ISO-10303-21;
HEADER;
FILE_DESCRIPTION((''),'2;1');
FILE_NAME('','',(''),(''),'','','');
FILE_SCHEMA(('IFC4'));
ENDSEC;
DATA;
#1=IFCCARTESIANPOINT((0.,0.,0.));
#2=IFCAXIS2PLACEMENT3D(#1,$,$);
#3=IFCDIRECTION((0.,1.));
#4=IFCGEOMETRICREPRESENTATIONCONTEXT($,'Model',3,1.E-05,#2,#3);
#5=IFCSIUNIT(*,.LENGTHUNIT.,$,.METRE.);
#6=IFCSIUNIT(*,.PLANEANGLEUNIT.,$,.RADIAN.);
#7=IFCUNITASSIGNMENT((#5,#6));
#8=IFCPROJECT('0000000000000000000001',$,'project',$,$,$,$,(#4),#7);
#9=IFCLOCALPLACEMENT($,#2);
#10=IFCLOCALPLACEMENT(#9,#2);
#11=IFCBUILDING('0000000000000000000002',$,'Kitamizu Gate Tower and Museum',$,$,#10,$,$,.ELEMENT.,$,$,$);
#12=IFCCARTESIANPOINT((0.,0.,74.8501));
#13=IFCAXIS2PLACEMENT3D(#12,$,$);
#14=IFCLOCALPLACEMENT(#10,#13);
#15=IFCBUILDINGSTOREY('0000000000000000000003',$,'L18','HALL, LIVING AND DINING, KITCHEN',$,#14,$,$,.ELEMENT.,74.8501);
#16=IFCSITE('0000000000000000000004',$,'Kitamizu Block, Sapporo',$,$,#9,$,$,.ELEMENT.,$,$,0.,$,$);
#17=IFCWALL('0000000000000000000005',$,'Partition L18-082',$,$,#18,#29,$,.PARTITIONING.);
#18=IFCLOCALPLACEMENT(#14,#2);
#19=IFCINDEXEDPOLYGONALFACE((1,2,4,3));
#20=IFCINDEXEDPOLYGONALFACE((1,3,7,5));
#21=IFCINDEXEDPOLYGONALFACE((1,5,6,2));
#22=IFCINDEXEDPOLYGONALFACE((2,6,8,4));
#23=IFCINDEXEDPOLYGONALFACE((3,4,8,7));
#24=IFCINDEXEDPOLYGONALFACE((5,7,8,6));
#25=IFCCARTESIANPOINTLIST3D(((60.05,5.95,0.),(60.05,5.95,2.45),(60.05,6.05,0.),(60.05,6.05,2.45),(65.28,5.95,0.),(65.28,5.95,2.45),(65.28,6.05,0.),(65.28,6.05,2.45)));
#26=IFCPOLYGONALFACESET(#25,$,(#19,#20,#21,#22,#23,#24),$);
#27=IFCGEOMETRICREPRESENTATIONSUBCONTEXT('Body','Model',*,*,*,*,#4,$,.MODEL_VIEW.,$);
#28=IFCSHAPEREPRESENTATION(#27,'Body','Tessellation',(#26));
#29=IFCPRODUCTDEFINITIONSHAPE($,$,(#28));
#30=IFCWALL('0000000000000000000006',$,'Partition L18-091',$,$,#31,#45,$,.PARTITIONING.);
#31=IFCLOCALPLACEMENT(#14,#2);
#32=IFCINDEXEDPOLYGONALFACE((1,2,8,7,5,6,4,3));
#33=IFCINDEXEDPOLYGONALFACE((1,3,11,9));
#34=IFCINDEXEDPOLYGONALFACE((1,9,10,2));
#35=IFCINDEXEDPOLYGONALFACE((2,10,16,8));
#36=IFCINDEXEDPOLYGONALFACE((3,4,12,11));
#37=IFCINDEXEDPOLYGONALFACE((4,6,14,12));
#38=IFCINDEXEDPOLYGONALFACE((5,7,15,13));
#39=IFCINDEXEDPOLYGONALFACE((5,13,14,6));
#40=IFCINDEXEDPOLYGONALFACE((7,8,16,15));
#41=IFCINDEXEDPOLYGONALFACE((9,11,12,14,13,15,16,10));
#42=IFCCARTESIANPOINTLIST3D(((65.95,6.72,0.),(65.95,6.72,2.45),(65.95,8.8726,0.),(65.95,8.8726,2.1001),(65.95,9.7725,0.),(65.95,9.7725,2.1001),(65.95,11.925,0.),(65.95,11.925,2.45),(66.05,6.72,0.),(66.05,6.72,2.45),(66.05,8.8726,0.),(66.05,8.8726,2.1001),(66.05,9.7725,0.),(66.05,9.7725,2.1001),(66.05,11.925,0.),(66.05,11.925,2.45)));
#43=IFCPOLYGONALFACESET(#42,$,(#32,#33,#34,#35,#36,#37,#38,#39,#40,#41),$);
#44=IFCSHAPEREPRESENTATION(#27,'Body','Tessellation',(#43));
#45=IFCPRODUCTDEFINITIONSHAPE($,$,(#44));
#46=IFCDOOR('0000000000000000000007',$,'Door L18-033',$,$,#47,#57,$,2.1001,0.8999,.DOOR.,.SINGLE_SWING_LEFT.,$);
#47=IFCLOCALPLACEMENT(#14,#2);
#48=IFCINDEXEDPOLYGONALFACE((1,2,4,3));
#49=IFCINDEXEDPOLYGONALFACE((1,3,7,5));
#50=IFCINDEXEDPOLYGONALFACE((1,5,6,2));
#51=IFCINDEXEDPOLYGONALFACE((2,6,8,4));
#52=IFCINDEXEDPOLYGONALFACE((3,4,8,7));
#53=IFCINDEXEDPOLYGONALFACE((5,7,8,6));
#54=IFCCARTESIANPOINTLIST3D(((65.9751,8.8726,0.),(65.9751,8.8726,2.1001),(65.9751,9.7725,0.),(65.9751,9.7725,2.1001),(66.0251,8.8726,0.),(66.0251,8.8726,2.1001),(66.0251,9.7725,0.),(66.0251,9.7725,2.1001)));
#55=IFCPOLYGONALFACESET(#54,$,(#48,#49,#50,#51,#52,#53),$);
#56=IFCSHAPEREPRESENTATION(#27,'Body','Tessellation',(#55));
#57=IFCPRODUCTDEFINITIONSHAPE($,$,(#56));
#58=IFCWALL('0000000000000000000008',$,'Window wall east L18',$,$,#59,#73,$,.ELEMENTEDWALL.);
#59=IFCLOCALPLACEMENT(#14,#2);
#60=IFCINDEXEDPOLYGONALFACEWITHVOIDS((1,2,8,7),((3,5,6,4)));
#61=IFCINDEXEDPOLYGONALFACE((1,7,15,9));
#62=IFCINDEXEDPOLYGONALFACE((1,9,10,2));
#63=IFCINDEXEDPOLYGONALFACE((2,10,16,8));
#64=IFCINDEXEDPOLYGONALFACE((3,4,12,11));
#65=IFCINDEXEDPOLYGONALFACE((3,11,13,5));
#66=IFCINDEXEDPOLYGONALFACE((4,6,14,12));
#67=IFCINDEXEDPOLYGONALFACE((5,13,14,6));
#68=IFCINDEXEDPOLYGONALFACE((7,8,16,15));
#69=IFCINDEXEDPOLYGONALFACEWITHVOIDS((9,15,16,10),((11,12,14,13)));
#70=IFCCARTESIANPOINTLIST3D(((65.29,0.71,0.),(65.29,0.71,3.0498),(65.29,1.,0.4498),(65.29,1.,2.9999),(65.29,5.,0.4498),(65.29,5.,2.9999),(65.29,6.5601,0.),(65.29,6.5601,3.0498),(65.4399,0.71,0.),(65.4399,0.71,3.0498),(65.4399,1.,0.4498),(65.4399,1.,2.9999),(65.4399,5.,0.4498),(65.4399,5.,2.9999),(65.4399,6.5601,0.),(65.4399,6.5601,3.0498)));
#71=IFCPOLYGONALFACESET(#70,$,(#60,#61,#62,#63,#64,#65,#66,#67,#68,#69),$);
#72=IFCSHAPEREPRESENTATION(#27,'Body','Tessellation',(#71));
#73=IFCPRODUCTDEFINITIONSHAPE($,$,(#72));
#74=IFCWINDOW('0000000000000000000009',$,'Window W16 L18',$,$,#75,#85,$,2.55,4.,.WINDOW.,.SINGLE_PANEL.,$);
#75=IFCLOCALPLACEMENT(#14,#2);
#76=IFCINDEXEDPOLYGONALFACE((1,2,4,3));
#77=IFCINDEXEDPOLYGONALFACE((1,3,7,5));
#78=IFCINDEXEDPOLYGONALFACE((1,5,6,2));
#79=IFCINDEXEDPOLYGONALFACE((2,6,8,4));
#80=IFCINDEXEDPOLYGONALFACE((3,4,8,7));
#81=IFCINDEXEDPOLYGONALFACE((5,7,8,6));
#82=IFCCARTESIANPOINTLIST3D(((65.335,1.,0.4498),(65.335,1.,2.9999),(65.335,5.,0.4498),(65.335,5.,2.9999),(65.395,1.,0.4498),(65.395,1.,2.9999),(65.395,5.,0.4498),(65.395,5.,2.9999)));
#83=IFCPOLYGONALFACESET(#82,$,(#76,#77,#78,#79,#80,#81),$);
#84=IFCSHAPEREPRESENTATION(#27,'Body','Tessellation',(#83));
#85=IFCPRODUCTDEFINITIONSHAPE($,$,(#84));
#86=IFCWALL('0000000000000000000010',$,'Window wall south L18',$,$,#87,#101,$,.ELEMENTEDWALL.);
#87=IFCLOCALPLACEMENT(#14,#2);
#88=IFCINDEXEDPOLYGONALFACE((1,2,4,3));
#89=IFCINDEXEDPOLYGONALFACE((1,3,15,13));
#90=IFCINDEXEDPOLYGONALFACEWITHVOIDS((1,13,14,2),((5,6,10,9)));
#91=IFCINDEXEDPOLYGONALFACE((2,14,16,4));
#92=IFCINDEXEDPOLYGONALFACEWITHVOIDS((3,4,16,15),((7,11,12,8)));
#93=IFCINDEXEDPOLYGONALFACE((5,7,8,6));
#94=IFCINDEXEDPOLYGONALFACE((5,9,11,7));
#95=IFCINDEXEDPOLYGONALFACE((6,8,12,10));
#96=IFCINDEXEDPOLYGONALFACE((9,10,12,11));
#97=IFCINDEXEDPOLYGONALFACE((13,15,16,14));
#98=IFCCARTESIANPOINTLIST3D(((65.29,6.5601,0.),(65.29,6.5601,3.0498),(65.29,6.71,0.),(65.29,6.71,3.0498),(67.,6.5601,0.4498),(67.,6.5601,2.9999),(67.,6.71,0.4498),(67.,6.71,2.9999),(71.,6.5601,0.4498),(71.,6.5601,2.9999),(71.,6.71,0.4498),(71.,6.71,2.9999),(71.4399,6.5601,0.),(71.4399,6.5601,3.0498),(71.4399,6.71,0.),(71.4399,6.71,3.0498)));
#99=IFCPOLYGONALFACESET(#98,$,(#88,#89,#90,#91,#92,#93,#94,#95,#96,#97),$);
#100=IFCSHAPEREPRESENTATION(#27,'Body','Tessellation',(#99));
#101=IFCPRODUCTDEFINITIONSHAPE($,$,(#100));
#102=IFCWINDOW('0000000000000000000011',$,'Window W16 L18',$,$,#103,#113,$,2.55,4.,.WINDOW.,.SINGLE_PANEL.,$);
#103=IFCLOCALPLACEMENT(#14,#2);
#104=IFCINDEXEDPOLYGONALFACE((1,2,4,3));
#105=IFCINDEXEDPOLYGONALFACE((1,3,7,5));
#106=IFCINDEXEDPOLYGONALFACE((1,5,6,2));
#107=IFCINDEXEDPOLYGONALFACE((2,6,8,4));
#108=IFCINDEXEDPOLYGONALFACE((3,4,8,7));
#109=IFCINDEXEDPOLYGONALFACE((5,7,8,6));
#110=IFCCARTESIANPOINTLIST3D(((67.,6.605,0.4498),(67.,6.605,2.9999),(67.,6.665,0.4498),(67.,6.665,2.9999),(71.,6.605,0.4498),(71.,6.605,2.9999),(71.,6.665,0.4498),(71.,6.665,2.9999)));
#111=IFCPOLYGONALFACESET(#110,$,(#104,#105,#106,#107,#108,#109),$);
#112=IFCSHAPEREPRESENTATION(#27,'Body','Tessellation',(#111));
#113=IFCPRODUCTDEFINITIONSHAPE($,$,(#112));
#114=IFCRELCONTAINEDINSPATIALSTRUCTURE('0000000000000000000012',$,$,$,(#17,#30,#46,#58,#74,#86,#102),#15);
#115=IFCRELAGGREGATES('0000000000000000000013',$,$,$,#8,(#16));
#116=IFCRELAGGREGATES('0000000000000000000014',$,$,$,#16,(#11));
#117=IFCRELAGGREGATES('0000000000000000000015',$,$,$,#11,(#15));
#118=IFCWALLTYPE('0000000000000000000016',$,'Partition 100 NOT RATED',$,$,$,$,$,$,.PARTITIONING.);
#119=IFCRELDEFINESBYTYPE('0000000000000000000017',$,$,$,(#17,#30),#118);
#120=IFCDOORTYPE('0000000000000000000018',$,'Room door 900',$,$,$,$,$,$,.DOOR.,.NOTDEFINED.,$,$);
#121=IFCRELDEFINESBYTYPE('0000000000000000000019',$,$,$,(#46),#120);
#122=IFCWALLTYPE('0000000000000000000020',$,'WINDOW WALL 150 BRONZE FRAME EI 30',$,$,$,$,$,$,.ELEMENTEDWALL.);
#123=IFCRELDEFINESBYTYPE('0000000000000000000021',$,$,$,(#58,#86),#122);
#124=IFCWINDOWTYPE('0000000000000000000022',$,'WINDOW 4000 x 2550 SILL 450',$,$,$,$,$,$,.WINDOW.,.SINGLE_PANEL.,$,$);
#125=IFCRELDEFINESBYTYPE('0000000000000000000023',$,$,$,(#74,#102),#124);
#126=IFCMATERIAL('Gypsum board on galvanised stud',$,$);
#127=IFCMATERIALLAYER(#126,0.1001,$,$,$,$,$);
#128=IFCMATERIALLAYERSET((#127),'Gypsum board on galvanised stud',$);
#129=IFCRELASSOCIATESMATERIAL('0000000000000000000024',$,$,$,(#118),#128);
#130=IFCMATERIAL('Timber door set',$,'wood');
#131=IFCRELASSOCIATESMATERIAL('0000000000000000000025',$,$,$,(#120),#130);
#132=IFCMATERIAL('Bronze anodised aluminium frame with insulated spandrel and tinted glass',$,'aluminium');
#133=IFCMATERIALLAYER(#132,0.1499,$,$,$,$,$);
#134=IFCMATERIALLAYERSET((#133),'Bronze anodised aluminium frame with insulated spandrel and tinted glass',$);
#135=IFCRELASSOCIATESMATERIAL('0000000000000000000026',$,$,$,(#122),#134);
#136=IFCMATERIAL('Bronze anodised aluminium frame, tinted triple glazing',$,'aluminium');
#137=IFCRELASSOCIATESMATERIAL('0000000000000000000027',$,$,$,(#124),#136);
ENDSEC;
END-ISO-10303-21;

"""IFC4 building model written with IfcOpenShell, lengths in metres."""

from ifc_helpers import new_model, si_unit, direction, frame, frame_2d, origin, place, context, subcontext, project, spatial, rectangle, extrude, material, layer, layer_set, type_object, element, fill, save


model = new_model("IFC4")

# Units and contexts
model_context = context("Model", 3, precision=1e-05, world=origin(), true_north=direction((0.0, 1.0)))
body_context = subcontext(model_context, "Body", "Model", "MODEL_VIEW")
ifc_project = project(units=[si_unit("LENGTHUNIT", "METRE"), si_unit("PLANEANGLEUNIT", "RADIAN")], contexts=[model_context])

# Site, building, storey
site_placement = place(None, origin())
site = spatial("IfcSite", under=ifc_project, at=site_placement, Name="Kitamizu Block, Sapporo", CompositionType="ELEMENT", RefElevation=0.0)
building_placement = place(site_placement, origin())
building = spatial("IfcBuilding", under=site, at=building_placement, Name="Kitamizu Gate Tower and Museum", CompositionType="ELEMENT")
storey_placement = place(building_placement, frame((0.0, 0.0, 74.8501)))
storey = spatial("IfcBuildingStorey", under=building, at=storey_placement, Name="L18", Description="HALL, LIVING AND DINING, KITCHEN", CompositionType="ELEMENT", Elevation=74.8501)

# Wall
ifc_material_1 = material(Name="Gypsum board on galvanised stud")
ifc_layer_1 = layer(ifc_material_1, 0.1001)
ifc_layer_set_1 = layer_set([ifc_layer_1], Name="Gypsum board on galvanised stud")
wall_type_1 = type_object("IfcWallType", Name="Partition 100 NOT RATED", PredefinedType="PARTITIONING", material=ifc_layer_set_1)
wall_1_placement = place(storey_placement, frame((65.28, 6.0, 0.0), z_axis=(0.0, 0.0, 1.0), x_axis=(-1.0, 0.0, 0.0)))
element("IfcWall", 1, at=wall_1_placement, inside=storey, type_object=wall_type_1, Name="Partition L18-082", PredefinedType="PARTITIONING", context=body_context, shape_type="SweptSolid", body=[
    extrude(rectangle(XDim=5.23, YDim=0.1001, at=frame_2d((2.615, 0.0))), origin(), (0.0, 0.0, 1.0), 2.45),
])

# Wall, opening, door
wall_2_placement = place(storey_placement, frame((66.0, 6.72, 0.0), z_axis=(0.0, 0.0, 1.0), x_axis=(0.0, 1.0, 0.0)))
wall_2 = element("IfcWall", 2, at=wall_2_placement, inside=storey, type_object=wall_type_1, Name="Partition L18-091", PredefinedType="PARTITIONING", context=body_context, shape_type="SweptSolid", body=[
    extrude(rectangle(XDim=5.2051, YDim=0.1001, at=frame_2d((2.6025, 0.0))), origin(), (0.0, 0.0, 1.0), 2.45),
])
opening_1_placement = place(wall_2_placement, frame((2.1526, 0.0, 0.0)))
opening_1 = element("IfcOpeningElement", 3, at=opening_1_placement, cuts=wall_2, PredefinedType="OPENING", context=body_context, shape_type="SweptSolid", body=[
    extrude(rectangle(XDim=0.8999, YDim=2.1001, at=frame_2d((0.45, 1.05))), frame((0.0, 0.0601, 0.0), z_axis=(0.0, -1.0, 0.0), x_axis=(1.0, 0.0, 0.0)), (0.0, 0.0, 1.0), 0.1201),
])
ifc_material_2 = material(Name="Timber door set", Category="wood")
door_type = type_object("IfcDoorType", Name="Room door 900", OperationType="NOTDEFINED", PredefinedType="DOOR", material=ifc_material_2)
door_placement = place(opening_1_placement, origin())
door = element("IfcDoor", 4, at=door_placement, inside=storey, type_object=door_type, Name="Door L18-033", OperationType="SINGLE_SWING_LEFT", OverallHeight=2.1001, OverallWidth=0.8999, PredefinedType="DOOR", context=body_context, shape_type="SweptSolid", body=[
    extrude(rectangle(XDim=0.8999, YDim=2.1001, at=frame_2d((0.45, 1.05))), frame((0.0, 0.0249, 0.0), z_axis=(0.0, -1.0, 0.0), x_axis=(1.0, 0.0, 0.0)), (0.0, 0.0, 1.0), 0.05),
])
fill(opening_1, door)

# Walls, openings, windows
ifc_material_3 = material(Name="Bronze anodised aluminium frame with insulated spandrel and tinted glass", Category="aluminium")
ifc_layer_2 = layer(ifc_material_3, 0.1499)
ifc_layer_set_2 = layer_set([ifc_layer_2], Name="Bronze anodised aluminium frame with insulated spandrel and tinted glass")
wall_type_2 = type_object("IfcWallType", Name="WINDOW WALL 150 BRONZE FRAME EI 30", PredefinedType="ELEMENTEDWALL", material=ifc_layer_set_2)
wall_3_placement = place(storey_placement, frame((65.365, 0.71, 0.0), z_axis=(0.0, 0.0, 1.0), x_axis=(0.0, 1.0, 0.0)))
wall_3 = element("IfcWall", 5, at=wall_3_placement, inside=storey, type_object=wall_type_2, Name="Window wall east L18", PredefinedType="ELEMENTEDWALL", context=body_context, shape_type="SweptSolid", body=[
    extrude(rectangle(XDim=5.8501, YDim=0.1499, at=frame_2d((2.925, 0.0))), origin(), (0.0, 0.0, 1.0), 3.0498),
])
opening_2_placement = place(wall_3_placement, frame((0.29, 0.0, 0.45)))
opening_2 = element("IfcOpeningElement", 6, at=opening_2_placement, cuts=wall_3, PredefinedType="OPENING", context=body_context, shape_type="SweptSolid", body=[
    extrude(rectangle(XDim=4.0, YDim=2.55, at=frame_2d((2.0, 1.2749))), frame((0.0, 0.085, 0.0), z_axis=(0.0, -1.0, 0.0), x_axis=(1.0, 0.0, 0.0)), (0.0, 0.0, 1.0), 0.1699),
])
ifc_material_4 = material(Name="Bronze anodised aluminium frame, tinted triple glazing", Category="aluminium")
window_type_1 = type_object("IfcWindowType", Name="WINDOW 4000 x 2550 SILL 450", PartitioningType="SINGLE_PANEL", PredefinedType="WINDOW", material=ifc_material_4)
window_1_placement = place(opening_2_placement, origin())
window_1 = element("IfcWindow", 7, at=window_1_placement, inside=storey, type_object=window_type_1, Name="Window W16 L18", OverallHeight=2.55, OverallWidth=4.0, PartitioningType="SINGLE_PANEL", PredefinedType="WINDOW", context=body_context, shape_type="SweptSolid", body=[
    extrude(rectangle(XDim=4.0, YDim=2.55, at=frame_2d((2.0, 1.2749))), frame((0.0, 0.03, 0.0), z_axis=(0.0, -1.0, 0.0), x_axis=(1.0, 0.0, 0.0)), (0.0, 0.0, 1.0), 0.0601),
])
fill(opening_2, window_1)
wall_4_placement = place(storey_placement, frame((65.29, 6.635, 0.0), z_axis=(0.0, 0.0, 1.0), x_axis=(1.0, 0.0, 0.0)))
wall_4 = element("IfcWall", 8, at=wall_4_placement, inside=storey, type_object=wall_type_2, Name="Window wall south L18", PredefinedType="ELEMENTEDWALL", context=body_context, shape_type="SweptSolid", body=[
    extrude(rectangle(XDim=6.1499, YDim=0.1499, at=frame_2d((3.075, 0.0))), origin(), (0.0, 0.0, 1.0), 3.0498),
])
opening_3_placement = place(wall_4_placement, frame((1.71, 0.0, 0.45)))
opening_3 = element("IfcOpeningElement", 9, at=opening_3_placement, cuts=wall_4, PredefinedType="OPENING", context=body_context, shape_type="SweptSolid", body=[
    extrude(rectangle(XDim=4.0, YDim=2.55, at=frame_2d((2.0, 1.2749))), frame((0.0, 0.085, 0.0), z_axis=(0.0, -1.0, 0.0), x_axis=(1.0, 0.0, 0.0)), (0.0, 0.0, 1.0), 0.1699),
])
window_2_placement = place(opening_3_placement, origin())
window_2 = element("IfcWindow", 10, at=window_2_placement, inside=storey, type_object=window_type_1, Name="Window W16 L18", OverallHeight=2.55, OverallWidth=4.0, PartitioningType="SINGLE_PANEL", PredefinedType="WINDOW", context=body_context, shape_type="SweptSolid", body=[
    extrude(rectangle(XDim=4.0, YDim=2.55, at=frame_2d((2.0, 1.2749))), frame((0.0, 0.03, 0.0), z_axis=(0.0, -1.0, 0.0), x_axis=(1.0, 0.0, 0.0)), (0.0, 0.0, 1.0), 0.0601),
])
fill(opening_3, window_2)

save(model, "model.ifc")
